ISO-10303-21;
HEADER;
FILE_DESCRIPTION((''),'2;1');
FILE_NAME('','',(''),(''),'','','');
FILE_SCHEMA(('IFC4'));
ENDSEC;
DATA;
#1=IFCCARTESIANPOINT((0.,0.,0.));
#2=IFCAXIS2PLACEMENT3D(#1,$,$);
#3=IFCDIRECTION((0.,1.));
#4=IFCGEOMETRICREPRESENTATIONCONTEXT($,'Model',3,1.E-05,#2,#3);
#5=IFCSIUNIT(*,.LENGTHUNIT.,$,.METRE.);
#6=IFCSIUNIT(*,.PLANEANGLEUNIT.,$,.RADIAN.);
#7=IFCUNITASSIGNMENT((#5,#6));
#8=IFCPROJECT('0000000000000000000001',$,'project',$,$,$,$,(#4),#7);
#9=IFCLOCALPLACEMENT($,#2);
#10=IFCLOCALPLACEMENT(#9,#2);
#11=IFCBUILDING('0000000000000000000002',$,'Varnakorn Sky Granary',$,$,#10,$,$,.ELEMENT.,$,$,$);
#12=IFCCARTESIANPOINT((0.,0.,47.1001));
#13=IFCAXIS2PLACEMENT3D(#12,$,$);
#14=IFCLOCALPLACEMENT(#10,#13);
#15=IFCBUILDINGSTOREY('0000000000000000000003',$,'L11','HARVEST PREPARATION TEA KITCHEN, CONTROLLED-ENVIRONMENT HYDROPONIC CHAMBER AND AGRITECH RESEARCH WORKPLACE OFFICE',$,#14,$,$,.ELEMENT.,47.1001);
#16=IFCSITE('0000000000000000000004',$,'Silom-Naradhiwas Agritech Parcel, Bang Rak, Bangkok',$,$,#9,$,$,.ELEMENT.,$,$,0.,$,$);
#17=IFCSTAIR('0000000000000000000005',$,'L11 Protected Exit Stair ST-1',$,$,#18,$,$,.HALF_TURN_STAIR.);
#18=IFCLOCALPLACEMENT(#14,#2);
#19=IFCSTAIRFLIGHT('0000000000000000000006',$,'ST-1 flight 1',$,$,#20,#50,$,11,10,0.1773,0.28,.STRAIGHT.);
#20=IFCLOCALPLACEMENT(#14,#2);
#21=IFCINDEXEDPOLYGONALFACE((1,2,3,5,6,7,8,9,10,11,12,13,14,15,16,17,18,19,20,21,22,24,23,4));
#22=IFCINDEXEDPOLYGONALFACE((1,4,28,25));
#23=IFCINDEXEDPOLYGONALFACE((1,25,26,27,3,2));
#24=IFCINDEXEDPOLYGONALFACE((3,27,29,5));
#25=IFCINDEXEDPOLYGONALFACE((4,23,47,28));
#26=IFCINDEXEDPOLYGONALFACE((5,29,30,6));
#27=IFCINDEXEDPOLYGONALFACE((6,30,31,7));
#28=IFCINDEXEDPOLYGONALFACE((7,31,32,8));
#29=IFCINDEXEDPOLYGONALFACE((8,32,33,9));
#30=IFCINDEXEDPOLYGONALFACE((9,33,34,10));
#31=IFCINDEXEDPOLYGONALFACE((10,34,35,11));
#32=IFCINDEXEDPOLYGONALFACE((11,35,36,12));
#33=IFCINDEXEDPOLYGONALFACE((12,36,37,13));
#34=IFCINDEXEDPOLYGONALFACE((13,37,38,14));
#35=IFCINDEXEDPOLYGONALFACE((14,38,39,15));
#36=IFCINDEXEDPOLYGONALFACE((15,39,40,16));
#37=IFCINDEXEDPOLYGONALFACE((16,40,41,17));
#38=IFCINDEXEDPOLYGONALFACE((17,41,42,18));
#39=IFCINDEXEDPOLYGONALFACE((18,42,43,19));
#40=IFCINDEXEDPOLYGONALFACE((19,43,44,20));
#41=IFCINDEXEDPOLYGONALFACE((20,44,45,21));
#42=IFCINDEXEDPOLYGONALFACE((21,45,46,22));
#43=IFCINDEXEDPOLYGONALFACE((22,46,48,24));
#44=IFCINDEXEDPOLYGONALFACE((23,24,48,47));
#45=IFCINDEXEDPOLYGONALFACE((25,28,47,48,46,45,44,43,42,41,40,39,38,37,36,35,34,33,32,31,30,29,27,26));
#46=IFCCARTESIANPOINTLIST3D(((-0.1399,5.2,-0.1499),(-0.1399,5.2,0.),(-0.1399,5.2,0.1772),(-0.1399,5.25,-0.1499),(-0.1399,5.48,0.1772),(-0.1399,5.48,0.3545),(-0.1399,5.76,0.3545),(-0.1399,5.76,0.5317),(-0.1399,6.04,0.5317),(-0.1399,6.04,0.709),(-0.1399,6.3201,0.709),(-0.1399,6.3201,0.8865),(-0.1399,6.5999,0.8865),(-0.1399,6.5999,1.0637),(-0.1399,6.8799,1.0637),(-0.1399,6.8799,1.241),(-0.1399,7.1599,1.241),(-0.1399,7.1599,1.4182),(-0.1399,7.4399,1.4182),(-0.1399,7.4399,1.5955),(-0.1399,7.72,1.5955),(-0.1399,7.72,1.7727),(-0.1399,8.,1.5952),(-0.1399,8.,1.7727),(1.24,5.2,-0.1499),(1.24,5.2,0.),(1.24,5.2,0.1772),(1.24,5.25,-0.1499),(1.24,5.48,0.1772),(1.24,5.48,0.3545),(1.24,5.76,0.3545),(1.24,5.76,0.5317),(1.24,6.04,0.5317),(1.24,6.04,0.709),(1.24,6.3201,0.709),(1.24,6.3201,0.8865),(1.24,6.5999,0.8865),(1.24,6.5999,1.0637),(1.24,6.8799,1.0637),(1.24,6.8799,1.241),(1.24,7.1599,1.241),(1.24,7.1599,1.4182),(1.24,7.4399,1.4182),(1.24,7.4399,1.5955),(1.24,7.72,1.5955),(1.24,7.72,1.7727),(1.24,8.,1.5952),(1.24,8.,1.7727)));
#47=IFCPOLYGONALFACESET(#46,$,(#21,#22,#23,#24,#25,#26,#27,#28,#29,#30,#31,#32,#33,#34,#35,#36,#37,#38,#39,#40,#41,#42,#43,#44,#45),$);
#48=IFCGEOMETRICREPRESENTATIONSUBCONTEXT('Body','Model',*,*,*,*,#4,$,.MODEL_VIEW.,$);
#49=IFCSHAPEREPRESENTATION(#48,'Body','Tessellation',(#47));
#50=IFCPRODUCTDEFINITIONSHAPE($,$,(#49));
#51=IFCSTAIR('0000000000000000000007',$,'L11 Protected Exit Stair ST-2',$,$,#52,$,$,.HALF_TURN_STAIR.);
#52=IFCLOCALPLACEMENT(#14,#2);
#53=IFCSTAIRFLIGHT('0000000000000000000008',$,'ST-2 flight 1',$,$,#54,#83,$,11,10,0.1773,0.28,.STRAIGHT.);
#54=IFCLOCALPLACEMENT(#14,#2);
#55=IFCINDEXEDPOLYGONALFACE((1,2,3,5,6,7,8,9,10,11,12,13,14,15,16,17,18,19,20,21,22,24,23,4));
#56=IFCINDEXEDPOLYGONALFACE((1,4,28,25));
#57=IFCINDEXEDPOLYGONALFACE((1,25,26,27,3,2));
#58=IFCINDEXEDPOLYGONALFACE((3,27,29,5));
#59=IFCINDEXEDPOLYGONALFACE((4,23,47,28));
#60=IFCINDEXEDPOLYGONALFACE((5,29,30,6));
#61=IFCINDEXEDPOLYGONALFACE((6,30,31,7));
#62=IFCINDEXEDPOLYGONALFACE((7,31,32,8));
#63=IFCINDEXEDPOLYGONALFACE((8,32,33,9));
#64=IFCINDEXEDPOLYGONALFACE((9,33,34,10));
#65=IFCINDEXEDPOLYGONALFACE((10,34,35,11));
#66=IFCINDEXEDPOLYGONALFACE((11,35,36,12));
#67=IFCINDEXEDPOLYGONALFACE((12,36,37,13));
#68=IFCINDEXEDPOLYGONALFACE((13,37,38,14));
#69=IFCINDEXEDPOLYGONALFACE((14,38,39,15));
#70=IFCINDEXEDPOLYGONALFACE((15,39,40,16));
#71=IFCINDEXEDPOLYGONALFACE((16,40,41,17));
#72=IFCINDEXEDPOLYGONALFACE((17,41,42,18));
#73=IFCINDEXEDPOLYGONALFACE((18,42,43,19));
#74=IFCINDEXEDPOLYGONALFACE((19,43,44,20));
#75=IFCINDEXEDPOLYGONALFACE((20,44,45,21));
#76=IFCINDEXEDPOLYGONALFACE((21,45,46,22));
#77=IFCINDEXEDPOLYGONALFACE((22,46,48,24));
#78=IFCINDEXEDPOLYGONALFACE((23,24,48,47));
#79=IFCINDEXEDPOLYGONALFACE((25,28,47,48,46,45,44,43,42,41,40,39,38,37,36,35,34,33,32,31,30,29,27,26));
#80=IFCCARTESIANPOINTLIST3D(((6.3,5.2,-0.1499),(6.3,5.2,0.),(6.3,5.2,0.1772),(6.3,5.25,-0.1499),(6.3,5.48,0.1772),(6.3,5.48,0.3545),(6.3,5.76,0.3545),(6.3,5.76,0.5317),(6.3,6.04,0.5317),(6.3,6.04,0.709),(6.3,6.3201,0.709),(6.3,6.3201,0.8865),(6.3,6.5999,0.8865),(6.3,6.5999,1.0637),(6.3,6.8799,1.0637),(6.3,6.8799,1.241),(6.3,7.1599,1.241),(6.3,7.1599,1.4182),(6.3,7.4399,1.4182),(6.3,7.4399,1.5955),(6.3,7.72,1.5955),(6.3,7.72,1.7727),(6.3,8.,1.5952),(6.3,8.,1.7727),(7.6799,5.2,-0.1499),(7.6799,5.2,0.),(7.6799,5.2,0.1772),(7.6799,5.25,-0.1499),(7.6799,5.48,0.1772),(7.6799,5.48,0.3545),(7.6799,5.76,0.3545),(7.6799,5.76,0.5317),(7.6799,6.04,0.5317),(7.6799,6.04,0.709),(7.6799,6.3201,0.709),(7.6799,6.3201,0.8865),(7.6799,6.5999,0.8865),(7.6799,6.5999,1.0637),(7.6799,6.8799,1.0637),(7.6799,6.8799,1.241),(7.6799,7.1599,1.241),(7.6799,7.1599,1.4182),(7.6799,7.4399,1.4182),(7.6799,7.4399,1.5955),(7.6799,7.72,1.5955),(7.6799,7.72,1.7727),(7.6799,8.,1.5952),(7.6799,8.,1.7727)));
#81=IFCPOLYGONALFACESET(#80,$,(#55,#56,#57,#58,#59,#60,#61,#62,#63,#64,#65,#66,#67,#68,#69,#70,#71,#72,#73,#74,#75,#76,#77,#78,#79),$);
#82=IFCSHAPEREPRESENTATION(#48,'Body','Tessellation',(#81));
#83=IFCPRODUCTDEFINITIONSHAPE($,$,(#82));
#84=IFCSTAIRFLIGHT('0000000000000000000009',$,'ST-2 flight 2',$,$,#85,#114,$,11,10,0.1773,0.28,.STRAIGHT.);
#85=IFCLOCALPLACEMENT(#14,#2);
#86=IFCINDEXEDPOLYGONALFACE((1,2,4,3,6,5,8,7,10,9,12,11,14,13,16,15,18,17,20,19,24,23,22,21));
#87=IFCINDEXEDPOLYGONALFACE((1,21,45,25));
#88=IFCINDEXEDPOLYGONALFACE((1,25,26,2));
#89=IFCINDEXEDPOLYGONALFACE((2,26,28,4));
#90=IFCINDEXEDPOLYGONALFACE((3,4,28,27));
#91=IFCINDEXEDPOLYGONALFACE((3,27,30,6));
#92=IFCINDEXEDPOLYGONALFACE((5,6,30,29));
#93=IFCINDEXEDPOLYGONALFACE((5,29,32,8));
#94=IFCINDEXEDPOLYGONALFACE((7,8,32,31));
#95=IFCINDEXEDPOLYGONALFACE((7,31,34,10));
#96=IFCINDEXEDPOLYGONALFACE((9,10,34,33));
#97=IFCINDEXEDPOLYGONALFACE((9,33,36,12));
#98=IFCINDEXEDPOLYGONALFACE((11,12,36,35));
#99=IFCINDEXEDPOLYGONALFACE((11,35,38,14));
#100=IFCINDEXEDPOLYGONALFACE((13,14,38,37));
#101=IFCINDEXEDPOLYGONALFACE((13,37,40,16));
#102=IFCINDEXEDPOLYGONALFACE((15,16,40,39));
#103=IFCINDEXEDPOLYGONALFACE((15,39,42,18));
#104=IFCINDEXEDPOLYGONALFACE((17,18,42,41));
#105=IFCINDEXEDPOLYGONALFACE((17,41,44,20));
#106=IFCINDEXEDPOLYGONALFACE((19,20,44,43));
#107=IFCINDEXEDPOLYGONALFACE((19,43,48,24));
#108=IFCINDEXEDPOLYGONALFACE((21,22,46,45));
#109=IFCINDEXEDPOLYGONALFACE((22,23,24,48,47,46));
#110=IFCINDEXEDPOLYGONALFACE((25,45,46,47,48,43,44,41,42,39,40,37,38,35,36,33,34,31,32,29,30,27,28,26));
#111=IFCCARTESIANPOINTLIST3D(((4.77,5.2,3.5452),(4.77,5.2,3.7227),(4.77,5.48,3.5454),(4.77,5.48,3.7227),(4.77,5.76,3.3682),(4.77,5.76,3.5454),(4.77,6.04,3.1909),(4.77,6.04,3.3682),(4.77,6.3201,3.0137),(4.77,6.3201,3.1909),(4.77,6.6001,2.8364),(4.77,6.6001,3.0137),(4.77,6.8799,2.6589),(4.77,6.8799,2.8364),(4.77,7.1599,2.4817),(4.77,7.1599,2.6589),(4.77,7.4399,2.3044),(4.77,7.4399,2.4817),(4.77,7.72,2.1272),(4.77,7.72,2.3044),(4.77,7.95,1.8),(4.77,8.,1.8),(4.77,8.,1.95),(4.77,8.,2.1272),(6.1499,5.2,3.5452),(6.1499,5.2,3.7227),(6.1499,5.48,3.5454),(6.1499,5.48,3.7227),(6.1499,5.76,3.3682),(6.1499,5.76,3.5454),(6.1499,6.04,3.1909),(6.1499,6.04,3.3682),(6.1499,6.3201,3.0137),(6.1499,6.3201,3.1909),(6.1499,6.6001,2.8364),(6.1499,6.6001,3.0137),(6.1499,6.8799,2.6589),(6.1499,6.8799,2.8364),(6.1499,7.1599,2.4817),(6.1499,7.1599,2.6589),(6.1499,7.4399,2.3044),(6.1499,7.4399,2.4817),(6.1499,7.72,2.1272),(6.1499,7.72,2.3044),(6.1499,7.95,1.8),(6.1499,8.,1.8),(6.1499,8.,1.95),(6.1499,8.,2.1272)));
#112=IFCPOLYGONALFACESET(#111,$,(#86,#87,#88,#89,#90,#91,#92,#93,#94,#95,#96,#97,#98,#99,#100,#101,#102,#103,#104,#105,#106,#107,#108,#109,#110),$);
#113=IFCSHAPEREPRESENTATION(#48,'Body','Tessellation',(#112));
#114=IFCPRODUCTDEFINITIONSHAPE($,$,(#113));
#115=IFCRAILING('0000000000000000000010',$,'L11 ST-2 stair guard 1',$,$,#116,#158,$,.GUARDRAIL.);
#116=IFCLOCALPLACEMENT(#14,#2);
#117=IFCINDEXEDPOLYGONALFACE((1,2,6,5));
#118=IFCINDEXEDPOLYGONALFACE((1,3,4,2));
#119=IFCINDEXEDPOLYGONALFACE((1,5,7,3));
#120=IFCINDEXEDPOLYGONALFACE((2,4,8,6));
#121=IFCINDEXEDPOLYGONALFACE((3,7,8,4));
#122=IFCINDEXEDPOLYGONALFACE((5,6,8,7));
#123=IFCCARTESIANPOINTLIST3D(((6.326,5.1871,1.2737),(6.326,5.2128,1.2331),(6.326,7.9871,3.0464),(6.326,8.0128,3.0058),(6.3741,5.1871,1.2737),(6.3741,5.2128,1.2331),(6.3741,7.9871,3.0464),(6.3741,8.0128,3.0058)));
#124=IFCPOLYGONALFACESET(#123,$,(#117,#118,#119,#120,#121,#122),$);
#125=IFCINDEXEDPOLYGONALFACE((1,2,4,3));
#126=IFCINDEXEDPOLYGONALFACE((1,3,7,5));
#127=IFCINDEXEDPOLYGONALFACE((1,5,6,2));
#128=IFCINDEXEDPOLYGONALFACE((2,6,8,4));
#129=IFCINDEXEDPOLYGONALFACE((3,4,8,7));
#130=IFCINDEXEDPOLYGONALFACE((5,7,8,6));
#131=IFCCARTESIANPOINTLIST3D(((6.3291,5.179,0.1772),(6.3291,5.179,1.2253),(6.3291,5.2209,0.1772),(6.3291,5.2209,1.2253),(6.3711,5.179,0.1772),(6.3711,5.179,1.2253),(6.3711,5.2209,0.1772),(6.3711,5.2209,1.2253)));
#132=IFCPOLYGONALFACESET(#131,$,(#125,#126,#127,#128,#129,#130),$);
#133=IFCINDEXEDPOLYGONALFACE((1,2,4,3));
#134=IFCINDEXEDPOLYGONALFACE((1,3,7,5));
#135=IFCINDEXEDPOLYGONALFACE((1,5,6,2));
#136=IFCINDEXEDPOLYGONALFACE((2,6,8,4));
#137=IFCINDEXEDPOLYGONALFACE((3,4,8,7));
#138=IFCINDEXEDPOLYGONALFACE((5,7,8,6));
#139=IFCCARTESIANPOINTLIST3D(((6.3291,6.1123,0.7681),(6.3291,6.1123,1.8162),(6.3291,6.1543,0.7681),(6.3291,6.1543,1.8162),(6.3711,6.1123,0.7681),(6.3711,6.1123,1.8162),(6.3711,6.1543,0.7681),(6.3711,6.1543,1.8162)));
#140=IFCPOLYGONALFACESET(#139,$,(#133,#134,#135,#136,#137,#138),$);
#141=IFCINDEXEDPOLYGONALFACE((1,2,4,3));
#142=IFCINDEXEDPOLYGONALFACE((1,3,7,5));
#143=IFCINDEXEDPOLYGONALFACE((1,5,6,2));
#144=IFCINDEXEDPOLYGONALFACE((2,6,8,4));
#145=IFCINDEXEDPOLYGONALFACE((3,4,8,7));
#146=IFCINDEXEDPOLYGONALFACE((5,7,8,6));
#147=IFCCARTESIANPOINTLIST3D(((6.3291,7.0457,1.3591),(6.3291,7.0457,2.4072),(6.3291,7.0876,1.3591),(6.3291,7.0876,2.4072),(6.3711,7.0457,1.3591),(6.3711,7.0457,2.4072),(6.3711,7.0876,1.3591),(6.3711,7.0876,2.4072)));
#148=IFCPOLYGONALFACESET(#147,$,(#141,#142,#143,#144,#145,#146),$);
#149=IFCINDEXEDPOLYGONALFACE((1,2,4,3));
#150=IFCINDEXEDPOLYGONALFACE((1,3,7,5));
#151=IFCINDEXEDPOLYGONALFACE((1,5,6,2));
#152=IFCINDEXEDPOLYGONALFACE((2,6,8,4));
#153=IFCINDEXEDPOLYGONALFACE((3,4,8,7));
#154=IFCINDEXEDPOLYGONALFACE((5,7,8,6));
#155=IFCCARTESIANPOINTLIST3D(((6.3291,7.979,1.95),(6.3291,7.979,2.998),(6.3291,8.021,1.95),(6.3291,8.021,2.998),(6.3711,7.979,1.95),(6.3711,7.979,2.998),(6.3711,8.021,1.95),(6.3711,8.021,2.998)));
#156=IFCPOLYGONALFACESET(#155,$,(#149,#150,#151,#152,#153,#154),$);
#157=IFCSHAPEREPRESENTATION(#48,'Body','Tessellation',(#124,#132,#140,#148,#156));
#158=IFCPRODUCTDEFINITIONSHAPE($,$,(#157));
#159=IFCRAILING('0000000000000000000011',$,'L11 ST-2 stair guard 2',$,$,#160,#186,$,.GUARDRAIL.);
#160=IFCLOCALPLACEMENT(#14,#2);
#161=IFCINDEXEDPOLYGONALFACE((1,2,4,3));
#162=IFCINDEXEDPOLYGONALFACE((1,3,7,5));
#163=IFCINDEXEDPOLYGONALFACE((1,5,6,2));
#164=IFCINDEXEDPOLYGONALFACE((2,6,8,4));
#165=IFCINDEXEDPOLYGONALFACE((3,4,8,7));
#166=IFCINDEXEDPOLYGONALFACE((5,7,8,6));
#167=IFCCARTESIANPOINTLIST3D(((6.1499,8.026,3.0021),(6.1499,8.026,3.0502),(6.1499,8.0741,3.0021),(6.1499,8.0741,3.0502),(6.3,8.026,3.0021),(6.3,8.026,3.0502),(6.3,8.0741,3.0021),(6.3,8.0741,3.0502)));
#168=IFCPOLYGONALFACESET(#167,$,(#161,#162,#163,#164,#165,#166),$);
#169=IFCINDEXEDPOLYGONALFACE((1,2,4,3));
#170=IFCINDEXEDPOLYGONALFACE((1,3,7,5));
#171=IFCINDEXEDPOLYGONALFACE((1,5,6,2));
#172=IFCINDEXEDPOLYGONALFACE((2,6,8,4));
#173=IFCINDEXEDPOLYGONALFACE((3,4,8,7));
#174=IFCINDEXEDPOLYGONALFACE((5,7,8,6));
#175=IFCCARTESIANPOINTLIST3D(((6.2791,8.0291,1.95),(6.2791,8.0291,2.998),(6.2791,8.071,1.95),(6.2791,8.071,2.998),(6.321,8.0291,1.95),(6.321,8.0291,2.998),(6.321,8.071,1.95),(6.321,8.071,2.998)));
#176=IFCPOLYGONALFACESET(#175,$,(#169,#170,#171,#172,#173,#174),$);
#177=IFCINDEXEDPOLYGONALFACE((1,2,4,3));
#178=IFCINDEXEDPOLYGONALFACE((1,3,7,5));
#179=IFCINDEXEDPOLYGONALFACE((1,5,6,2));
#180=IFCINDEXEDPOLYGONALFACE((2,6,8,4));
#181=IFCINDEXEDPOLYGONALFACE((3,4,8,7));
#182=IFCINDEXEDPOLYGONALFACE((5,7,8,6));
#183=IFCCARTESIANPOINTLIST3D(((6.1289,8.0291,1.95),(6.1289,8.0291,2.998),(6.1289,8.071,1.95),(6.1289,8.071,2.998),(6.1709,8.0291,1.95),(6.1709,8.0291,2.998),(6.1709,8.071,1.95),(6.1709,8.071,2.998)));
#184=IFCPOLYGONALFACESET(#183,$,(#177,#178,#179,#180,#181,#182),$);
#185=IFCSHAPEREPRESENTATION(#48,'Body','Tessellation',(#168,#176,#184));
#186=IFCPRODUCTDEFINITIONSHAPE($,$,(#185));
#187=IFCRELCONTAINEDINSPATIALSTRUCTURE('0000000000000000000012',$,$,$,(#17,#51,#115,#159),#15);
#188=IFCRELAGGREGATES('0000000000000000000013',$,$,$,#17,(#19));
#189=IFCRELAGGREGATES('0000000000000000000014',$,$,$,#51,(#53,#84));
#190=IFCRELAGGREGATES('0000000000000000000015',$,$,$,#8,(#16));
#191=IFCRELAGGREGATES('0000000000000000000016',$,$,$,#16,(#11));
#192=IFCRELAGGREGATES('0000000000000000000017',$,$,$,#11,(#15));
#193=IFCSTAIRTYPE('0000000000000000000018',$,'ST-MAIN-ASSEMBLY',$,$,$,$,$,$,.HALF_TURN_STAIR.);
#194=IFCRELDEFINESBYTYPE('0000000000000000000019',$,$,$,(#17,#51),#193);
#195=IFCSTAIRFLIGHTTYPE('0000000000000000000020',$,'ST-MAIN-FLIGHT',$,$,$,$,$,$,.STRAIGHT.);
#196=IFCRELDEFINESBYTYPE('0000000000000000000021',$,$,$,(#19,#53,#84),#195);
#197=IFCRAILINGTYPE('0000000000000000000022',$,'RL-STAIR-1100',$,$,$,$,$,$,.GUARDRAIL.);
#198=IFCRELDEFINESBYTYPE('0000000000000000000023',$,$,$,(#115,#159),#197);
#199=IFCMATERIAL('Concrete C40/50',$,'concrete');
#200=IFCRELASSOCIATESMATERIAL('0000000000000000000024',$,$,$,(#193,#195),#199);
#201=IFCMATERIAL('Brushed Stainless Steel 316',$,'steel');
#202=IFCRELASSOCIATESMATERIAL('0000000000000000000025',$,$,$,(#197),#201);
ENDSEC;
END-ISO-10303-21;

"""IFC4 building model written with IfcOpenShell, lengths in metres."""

from ifc_helpers import new_model, si_unit, direction, frame, origin, origin_2d, place, context, subcontext, project, spatial, polyline, rectangle, outline, extrude, material, type_object, element, aggregate, save


model = new_model("IFC4")

# Units and contexts
model_context = context("Model", 3, precision=1e-05, world=origin(), true_north=direction((0.0, 1.0)))
body_context = subcontext(model_context, "Body", "Model", "MODEL_VIEW")
ifc_project = project(units=[si_unit("LENGTHUNIT", "METRE"), si_unit("PLANEANGLEUNIT", "RADIAN")], contexts=[model_context])

# Site, building, storey
site_placement = place(None, origin())
site = spatial("IfcSite", under=ifc_project, at=site_placement, Name="Silom-Naradhiwas Agritech Parcel, Bang Rak, Bangkok", CompositionType="ELEMENT", RefElevation=0.0)
building_placement = place(site_placement, origin())
building = spatial("IfcBuilding", under=site, at=building_placement, Name="Varnakorn Sky Granary", CompositionType="ELEMENT")
storey_placement = place(building_placement, frame((0.0, 0.0, 47.1001)))
storey = spatial("IfcBuildingStorey", under=building, at=storey_placement, Name="L11", Description="HARVEST PREPARATION TEA KITCHEN, CONTROLLED-ENVIRONMENT HYDROPONIC CHAMBER AND AGRITECH RESEARCH WORKPLACE OFFICE", CompositionType="ELEMENT", Elevation=47.1001)

# Stair, stair flight
ifc_material_1 = material(Name="Concrete C40/50", Category="concrete")
stair_type = type_object("IfcStairType", Name="ST-MAIN-ASSEMBLY", PredefinedType="HALF_TURN_STAIR", material=ifc_material_1)
stair_1_placement = place(storey_placement, origin())
stair_1 = element("IfcStair", 1, at=stair_1_placement, inside=storey, type_object=stair_type, Name="L11 Protected Exit Stair ST-1", PredefinedType="HALF_TURN_STAIR")
stair_flight_type = type_object("IfcStairFlightType", Name="ST-MAIN-FLIGHT", PredefinedType="STRAIGHT", material=ifc_material_1)
stair_flight_1_placement = place(storey_placement, frame((0.55, 5.2, 0.0), z_axis=(0.0, 0.0, 1.0), x_axis=(0.0, 1.0, 0.0)))
stair_flight_1 = element("IfcStairFlight", 2, at=stair_flight_1_placement, type_object=stair_flight_type, Name="ST-1 flight 1", NumberOfRisers=11, NumberOfTreads=10, PredefinedType="STRAIGHT", RiserHeight=0.1773, TreadLength=0.28, context=body_context, shape_type="SweptSolid", body=[
    extrude(outline(polyline([(0.0, -0.1499), (0.0, 0.0), (0.0, 0.1772), (0.28, 0.1772), (0.28, 0.3545), (0.5601, 0.3545), (0.5601, 0.5317), (0.8401, 0.5317), (0.8401, 0.709), (1.1201, 0.709), (1.1201, 0.8865), (1.3999, 0.8865), (1.3999, 1.0637), (1.6799, 1.0637), (1.6799, 1.241), (1.96, 1.241), (1.96, 1.4182), (2.24, 1.4182), (2.24, 1.5955), (2.52, 1.5955), (2.52, 1.7727), (2.8, 1.7727), (2.8, 1.95), (2.8, 1.5952), (0.05, -0.1499), (0.0, -0.1499)])), frame((0.0, 0.6899, 0.0), z_axis=(0.0, -1.0, 0.0), x_axis=(1.0, 0.0, 0.0)), (0.0, 0.0, 1.0), 1.3799),
])
aggregate(stair_1, [stair_flight_1])

# Stair, stair flights
stair_2_placement = place(storey_placement, origin())
stair_2 = element("IfcStair", 3, at=stair_2_placement, inside=storey, type_object=stair_type, Name="L11 Protected Exit Stair ST-2", PredefinedType="HALF_TURN_STAIR")
stair_flight_2_placement = place(storey_placement, frame((6.99, 5.2, 0.0), z_axis=(0.0, 0.0, 1.0), x_axis=(0.0, 1.0, 0.0)))
stair_flight_2 = element("IfcStairFlight", 4, at=stair_flight_2_placement, type_object=stair_flight_type, Name="ST-2 flight 1", NumberOfRisers=11, NumberOfTreads=10, PredefinedType="STRAIGHT", RiserHeight=0.1773, TreadLength=0.28, context=body_context, shape_type="SweptSolid", body=[
    extrude(outline(polyline([(0.0, -0.1499), (0.0, 0.0), (0.0, 0.1772), (0.28, 0.1772), (0.28, 0.3545), (0.5601, 0.3545), (0.5601, 0.5317), (0.8401, 0.5317), (0.8401, 0.709), (1.1201, 0.709), (1.1201, 0.8865), (1.3999, 0.8865), (1.3999, 1.0637), (1.6799, 1.0637), (1.6799, 1.241), (1.96, 1.241), (1.96, 1.4182), (2.24, 1.4182), (2.24, 1.5955), (2.52, 1.5955), (2.52, 1.7727), (2.8, 1.7727), (2.8, 1.95), (2.8, 1.5952), (0.05, -0.1499), (0.0, -0.1499)])), frame((0.0, 0.6899, 0.0), z_axis=(0.0, -1.0, 0.0), x_axis=(1.0, 0.0, 0.0)), (0.0, 0.0, 1.0), 1.3799),
])
stair_flight_3_placement = place(storey_placement, frame((5.46, 8.0, 1.95), z_axis=(0.0, 0.0, 1.0), x_axis=(0.0, -1.0, 0.0)))
stair_flight_3 = element("IfcStairFlight", 5, at=stair_flight_3_placement, type_object=stair_flight_type, Name="ST-2 flight 2", NumberOfRisers=11, NumberOfTreads=10, PredefinedType="STRAIGHT", RiserHeight=0.1773, TreadLength=0.28, context=body_context, shape_type="SweptSolid", body=[
    extrude(outline(polyline([(0.0, -0.1499), (0.0, 0.0), (0.0, 0.1772), (0.28, 0.1772), (0.28, 0.3545), (0.5601, 0.3545), (0.5601, 0.5317), (0.8401, 0.5317), (0.8401, 0.709), (1.1201, 0.709), (1.1201, 0.8865), (1.3999, 0.8865), (1.3999, 1.0637), (1.6799, 1.0637), (1.6799, 1.241), (1.96, 1.241), (1.96, 1.4182), (2.24, 1.4182), (2.24, 1.5955), (2.52, 1.5955), (2.52, 1.7727), (2.8, 1.7727), (2.8, 1.95), (2.8, 1.5952), (0.05, -0.1499), (0.0, -0.1499)])), frame((0.0, 0.6899, 0.0), z_axis=(0.0, -1.0, 0.0), x_axis=(1.0, 0.0, 0.0)), (0.0, 0.0, 1.0), 1.3799),
])
aggregate(stair_2, [stair_flight_2, stair_flight_3])

# Railings
ifc_material_2 = material(Name="Brushed Stainless Steel 316", Category="steel")
railing_type_1 = type_object("IfcRailingType", Name="RL-STAIR-1100", PredefinedType="GUARDRAIL", material=ifc_material_2)
railing_1_placement = place(storey_placement, frame((6.3501, 5.2, 0.1772)))
element("IfcRailing", 6, at=railing_1_placement, inside=storey, type_object=railing_type_1, Name="L11 ST-2 stair guard 1", PredefinedType="GUARDRAIL", context=body_context, shape_type="SweptSolid", body=[
    extrude(rectangle(XDim=0.0481, YDim=0.0481, at=origin_2d()), frame((0.0, 0.0, 1.0762), z_axis=(0.0, 0.844909, 0.53491), x_axis=(-1.0, 0.0, 0.0)), (0.0, 0.0, 1.0), 3.314),
    extrude(rectangle(XDim=0.042, YDim=0.042, at=origin_2d()), origin(), (0.0, 0.0, 1.0), 1.0481),
    extrude(rectangle(XDim=0.042, YDim=0.042, at=origin_2d()), frame((0.0, 0.9333, 0.5908)), (0.0, 0.0, 1.0), 1.0481),
    extrude(rectangle(XDim=0.042, YDim=0.042, at=origin_2d()), frame((0.0, 1.8667, 1.1819)), (0.0, 0.0, 1.0), 1.0481),
    extrude(rectangle(XDim=0.042, YDim=0.042, at=origin_2d()), frame((0.0, 2.8, 1.7727)), (0.0, 0.0, 1.0), 1.0481),
])
railing_2_placement = place(storey_placement, frame((6.3, 8.05, 1.95)))
element("IfcRailing", 7, at=railing_2_placement, inside=storey, type_object=railing_type_1, Name="L11 ST-2 stair guard 2", PredefinedType="GUARDRAIL", context=body_context, shape_type="SweptSolid", body=[
    extrude(rectangle(XDim=0.0481, YDim=0.0481, at=origin_2d()), frame((0.0, 0.0, 1.0762), z_axis=(-1.0, 0.0, 0.0), x_axis=(0.0, -1.0, 0.0)), (0.0, 0.0, 1.0), 0.1501),
    extrude(rectangle(XDim=0.042, YDim=0.042, at=origin_2d()), origin(), (0.0, 0.0, 1.0), 1.0481),
    extrude(rectangle(XDim=0.042, YDim=0.042, at=origin_2d()), frame((-0.1501, 0.0, 0.0)), (0.0, 0.0, 1.0), 1.0481),
])

save(model, "model.ifc")
